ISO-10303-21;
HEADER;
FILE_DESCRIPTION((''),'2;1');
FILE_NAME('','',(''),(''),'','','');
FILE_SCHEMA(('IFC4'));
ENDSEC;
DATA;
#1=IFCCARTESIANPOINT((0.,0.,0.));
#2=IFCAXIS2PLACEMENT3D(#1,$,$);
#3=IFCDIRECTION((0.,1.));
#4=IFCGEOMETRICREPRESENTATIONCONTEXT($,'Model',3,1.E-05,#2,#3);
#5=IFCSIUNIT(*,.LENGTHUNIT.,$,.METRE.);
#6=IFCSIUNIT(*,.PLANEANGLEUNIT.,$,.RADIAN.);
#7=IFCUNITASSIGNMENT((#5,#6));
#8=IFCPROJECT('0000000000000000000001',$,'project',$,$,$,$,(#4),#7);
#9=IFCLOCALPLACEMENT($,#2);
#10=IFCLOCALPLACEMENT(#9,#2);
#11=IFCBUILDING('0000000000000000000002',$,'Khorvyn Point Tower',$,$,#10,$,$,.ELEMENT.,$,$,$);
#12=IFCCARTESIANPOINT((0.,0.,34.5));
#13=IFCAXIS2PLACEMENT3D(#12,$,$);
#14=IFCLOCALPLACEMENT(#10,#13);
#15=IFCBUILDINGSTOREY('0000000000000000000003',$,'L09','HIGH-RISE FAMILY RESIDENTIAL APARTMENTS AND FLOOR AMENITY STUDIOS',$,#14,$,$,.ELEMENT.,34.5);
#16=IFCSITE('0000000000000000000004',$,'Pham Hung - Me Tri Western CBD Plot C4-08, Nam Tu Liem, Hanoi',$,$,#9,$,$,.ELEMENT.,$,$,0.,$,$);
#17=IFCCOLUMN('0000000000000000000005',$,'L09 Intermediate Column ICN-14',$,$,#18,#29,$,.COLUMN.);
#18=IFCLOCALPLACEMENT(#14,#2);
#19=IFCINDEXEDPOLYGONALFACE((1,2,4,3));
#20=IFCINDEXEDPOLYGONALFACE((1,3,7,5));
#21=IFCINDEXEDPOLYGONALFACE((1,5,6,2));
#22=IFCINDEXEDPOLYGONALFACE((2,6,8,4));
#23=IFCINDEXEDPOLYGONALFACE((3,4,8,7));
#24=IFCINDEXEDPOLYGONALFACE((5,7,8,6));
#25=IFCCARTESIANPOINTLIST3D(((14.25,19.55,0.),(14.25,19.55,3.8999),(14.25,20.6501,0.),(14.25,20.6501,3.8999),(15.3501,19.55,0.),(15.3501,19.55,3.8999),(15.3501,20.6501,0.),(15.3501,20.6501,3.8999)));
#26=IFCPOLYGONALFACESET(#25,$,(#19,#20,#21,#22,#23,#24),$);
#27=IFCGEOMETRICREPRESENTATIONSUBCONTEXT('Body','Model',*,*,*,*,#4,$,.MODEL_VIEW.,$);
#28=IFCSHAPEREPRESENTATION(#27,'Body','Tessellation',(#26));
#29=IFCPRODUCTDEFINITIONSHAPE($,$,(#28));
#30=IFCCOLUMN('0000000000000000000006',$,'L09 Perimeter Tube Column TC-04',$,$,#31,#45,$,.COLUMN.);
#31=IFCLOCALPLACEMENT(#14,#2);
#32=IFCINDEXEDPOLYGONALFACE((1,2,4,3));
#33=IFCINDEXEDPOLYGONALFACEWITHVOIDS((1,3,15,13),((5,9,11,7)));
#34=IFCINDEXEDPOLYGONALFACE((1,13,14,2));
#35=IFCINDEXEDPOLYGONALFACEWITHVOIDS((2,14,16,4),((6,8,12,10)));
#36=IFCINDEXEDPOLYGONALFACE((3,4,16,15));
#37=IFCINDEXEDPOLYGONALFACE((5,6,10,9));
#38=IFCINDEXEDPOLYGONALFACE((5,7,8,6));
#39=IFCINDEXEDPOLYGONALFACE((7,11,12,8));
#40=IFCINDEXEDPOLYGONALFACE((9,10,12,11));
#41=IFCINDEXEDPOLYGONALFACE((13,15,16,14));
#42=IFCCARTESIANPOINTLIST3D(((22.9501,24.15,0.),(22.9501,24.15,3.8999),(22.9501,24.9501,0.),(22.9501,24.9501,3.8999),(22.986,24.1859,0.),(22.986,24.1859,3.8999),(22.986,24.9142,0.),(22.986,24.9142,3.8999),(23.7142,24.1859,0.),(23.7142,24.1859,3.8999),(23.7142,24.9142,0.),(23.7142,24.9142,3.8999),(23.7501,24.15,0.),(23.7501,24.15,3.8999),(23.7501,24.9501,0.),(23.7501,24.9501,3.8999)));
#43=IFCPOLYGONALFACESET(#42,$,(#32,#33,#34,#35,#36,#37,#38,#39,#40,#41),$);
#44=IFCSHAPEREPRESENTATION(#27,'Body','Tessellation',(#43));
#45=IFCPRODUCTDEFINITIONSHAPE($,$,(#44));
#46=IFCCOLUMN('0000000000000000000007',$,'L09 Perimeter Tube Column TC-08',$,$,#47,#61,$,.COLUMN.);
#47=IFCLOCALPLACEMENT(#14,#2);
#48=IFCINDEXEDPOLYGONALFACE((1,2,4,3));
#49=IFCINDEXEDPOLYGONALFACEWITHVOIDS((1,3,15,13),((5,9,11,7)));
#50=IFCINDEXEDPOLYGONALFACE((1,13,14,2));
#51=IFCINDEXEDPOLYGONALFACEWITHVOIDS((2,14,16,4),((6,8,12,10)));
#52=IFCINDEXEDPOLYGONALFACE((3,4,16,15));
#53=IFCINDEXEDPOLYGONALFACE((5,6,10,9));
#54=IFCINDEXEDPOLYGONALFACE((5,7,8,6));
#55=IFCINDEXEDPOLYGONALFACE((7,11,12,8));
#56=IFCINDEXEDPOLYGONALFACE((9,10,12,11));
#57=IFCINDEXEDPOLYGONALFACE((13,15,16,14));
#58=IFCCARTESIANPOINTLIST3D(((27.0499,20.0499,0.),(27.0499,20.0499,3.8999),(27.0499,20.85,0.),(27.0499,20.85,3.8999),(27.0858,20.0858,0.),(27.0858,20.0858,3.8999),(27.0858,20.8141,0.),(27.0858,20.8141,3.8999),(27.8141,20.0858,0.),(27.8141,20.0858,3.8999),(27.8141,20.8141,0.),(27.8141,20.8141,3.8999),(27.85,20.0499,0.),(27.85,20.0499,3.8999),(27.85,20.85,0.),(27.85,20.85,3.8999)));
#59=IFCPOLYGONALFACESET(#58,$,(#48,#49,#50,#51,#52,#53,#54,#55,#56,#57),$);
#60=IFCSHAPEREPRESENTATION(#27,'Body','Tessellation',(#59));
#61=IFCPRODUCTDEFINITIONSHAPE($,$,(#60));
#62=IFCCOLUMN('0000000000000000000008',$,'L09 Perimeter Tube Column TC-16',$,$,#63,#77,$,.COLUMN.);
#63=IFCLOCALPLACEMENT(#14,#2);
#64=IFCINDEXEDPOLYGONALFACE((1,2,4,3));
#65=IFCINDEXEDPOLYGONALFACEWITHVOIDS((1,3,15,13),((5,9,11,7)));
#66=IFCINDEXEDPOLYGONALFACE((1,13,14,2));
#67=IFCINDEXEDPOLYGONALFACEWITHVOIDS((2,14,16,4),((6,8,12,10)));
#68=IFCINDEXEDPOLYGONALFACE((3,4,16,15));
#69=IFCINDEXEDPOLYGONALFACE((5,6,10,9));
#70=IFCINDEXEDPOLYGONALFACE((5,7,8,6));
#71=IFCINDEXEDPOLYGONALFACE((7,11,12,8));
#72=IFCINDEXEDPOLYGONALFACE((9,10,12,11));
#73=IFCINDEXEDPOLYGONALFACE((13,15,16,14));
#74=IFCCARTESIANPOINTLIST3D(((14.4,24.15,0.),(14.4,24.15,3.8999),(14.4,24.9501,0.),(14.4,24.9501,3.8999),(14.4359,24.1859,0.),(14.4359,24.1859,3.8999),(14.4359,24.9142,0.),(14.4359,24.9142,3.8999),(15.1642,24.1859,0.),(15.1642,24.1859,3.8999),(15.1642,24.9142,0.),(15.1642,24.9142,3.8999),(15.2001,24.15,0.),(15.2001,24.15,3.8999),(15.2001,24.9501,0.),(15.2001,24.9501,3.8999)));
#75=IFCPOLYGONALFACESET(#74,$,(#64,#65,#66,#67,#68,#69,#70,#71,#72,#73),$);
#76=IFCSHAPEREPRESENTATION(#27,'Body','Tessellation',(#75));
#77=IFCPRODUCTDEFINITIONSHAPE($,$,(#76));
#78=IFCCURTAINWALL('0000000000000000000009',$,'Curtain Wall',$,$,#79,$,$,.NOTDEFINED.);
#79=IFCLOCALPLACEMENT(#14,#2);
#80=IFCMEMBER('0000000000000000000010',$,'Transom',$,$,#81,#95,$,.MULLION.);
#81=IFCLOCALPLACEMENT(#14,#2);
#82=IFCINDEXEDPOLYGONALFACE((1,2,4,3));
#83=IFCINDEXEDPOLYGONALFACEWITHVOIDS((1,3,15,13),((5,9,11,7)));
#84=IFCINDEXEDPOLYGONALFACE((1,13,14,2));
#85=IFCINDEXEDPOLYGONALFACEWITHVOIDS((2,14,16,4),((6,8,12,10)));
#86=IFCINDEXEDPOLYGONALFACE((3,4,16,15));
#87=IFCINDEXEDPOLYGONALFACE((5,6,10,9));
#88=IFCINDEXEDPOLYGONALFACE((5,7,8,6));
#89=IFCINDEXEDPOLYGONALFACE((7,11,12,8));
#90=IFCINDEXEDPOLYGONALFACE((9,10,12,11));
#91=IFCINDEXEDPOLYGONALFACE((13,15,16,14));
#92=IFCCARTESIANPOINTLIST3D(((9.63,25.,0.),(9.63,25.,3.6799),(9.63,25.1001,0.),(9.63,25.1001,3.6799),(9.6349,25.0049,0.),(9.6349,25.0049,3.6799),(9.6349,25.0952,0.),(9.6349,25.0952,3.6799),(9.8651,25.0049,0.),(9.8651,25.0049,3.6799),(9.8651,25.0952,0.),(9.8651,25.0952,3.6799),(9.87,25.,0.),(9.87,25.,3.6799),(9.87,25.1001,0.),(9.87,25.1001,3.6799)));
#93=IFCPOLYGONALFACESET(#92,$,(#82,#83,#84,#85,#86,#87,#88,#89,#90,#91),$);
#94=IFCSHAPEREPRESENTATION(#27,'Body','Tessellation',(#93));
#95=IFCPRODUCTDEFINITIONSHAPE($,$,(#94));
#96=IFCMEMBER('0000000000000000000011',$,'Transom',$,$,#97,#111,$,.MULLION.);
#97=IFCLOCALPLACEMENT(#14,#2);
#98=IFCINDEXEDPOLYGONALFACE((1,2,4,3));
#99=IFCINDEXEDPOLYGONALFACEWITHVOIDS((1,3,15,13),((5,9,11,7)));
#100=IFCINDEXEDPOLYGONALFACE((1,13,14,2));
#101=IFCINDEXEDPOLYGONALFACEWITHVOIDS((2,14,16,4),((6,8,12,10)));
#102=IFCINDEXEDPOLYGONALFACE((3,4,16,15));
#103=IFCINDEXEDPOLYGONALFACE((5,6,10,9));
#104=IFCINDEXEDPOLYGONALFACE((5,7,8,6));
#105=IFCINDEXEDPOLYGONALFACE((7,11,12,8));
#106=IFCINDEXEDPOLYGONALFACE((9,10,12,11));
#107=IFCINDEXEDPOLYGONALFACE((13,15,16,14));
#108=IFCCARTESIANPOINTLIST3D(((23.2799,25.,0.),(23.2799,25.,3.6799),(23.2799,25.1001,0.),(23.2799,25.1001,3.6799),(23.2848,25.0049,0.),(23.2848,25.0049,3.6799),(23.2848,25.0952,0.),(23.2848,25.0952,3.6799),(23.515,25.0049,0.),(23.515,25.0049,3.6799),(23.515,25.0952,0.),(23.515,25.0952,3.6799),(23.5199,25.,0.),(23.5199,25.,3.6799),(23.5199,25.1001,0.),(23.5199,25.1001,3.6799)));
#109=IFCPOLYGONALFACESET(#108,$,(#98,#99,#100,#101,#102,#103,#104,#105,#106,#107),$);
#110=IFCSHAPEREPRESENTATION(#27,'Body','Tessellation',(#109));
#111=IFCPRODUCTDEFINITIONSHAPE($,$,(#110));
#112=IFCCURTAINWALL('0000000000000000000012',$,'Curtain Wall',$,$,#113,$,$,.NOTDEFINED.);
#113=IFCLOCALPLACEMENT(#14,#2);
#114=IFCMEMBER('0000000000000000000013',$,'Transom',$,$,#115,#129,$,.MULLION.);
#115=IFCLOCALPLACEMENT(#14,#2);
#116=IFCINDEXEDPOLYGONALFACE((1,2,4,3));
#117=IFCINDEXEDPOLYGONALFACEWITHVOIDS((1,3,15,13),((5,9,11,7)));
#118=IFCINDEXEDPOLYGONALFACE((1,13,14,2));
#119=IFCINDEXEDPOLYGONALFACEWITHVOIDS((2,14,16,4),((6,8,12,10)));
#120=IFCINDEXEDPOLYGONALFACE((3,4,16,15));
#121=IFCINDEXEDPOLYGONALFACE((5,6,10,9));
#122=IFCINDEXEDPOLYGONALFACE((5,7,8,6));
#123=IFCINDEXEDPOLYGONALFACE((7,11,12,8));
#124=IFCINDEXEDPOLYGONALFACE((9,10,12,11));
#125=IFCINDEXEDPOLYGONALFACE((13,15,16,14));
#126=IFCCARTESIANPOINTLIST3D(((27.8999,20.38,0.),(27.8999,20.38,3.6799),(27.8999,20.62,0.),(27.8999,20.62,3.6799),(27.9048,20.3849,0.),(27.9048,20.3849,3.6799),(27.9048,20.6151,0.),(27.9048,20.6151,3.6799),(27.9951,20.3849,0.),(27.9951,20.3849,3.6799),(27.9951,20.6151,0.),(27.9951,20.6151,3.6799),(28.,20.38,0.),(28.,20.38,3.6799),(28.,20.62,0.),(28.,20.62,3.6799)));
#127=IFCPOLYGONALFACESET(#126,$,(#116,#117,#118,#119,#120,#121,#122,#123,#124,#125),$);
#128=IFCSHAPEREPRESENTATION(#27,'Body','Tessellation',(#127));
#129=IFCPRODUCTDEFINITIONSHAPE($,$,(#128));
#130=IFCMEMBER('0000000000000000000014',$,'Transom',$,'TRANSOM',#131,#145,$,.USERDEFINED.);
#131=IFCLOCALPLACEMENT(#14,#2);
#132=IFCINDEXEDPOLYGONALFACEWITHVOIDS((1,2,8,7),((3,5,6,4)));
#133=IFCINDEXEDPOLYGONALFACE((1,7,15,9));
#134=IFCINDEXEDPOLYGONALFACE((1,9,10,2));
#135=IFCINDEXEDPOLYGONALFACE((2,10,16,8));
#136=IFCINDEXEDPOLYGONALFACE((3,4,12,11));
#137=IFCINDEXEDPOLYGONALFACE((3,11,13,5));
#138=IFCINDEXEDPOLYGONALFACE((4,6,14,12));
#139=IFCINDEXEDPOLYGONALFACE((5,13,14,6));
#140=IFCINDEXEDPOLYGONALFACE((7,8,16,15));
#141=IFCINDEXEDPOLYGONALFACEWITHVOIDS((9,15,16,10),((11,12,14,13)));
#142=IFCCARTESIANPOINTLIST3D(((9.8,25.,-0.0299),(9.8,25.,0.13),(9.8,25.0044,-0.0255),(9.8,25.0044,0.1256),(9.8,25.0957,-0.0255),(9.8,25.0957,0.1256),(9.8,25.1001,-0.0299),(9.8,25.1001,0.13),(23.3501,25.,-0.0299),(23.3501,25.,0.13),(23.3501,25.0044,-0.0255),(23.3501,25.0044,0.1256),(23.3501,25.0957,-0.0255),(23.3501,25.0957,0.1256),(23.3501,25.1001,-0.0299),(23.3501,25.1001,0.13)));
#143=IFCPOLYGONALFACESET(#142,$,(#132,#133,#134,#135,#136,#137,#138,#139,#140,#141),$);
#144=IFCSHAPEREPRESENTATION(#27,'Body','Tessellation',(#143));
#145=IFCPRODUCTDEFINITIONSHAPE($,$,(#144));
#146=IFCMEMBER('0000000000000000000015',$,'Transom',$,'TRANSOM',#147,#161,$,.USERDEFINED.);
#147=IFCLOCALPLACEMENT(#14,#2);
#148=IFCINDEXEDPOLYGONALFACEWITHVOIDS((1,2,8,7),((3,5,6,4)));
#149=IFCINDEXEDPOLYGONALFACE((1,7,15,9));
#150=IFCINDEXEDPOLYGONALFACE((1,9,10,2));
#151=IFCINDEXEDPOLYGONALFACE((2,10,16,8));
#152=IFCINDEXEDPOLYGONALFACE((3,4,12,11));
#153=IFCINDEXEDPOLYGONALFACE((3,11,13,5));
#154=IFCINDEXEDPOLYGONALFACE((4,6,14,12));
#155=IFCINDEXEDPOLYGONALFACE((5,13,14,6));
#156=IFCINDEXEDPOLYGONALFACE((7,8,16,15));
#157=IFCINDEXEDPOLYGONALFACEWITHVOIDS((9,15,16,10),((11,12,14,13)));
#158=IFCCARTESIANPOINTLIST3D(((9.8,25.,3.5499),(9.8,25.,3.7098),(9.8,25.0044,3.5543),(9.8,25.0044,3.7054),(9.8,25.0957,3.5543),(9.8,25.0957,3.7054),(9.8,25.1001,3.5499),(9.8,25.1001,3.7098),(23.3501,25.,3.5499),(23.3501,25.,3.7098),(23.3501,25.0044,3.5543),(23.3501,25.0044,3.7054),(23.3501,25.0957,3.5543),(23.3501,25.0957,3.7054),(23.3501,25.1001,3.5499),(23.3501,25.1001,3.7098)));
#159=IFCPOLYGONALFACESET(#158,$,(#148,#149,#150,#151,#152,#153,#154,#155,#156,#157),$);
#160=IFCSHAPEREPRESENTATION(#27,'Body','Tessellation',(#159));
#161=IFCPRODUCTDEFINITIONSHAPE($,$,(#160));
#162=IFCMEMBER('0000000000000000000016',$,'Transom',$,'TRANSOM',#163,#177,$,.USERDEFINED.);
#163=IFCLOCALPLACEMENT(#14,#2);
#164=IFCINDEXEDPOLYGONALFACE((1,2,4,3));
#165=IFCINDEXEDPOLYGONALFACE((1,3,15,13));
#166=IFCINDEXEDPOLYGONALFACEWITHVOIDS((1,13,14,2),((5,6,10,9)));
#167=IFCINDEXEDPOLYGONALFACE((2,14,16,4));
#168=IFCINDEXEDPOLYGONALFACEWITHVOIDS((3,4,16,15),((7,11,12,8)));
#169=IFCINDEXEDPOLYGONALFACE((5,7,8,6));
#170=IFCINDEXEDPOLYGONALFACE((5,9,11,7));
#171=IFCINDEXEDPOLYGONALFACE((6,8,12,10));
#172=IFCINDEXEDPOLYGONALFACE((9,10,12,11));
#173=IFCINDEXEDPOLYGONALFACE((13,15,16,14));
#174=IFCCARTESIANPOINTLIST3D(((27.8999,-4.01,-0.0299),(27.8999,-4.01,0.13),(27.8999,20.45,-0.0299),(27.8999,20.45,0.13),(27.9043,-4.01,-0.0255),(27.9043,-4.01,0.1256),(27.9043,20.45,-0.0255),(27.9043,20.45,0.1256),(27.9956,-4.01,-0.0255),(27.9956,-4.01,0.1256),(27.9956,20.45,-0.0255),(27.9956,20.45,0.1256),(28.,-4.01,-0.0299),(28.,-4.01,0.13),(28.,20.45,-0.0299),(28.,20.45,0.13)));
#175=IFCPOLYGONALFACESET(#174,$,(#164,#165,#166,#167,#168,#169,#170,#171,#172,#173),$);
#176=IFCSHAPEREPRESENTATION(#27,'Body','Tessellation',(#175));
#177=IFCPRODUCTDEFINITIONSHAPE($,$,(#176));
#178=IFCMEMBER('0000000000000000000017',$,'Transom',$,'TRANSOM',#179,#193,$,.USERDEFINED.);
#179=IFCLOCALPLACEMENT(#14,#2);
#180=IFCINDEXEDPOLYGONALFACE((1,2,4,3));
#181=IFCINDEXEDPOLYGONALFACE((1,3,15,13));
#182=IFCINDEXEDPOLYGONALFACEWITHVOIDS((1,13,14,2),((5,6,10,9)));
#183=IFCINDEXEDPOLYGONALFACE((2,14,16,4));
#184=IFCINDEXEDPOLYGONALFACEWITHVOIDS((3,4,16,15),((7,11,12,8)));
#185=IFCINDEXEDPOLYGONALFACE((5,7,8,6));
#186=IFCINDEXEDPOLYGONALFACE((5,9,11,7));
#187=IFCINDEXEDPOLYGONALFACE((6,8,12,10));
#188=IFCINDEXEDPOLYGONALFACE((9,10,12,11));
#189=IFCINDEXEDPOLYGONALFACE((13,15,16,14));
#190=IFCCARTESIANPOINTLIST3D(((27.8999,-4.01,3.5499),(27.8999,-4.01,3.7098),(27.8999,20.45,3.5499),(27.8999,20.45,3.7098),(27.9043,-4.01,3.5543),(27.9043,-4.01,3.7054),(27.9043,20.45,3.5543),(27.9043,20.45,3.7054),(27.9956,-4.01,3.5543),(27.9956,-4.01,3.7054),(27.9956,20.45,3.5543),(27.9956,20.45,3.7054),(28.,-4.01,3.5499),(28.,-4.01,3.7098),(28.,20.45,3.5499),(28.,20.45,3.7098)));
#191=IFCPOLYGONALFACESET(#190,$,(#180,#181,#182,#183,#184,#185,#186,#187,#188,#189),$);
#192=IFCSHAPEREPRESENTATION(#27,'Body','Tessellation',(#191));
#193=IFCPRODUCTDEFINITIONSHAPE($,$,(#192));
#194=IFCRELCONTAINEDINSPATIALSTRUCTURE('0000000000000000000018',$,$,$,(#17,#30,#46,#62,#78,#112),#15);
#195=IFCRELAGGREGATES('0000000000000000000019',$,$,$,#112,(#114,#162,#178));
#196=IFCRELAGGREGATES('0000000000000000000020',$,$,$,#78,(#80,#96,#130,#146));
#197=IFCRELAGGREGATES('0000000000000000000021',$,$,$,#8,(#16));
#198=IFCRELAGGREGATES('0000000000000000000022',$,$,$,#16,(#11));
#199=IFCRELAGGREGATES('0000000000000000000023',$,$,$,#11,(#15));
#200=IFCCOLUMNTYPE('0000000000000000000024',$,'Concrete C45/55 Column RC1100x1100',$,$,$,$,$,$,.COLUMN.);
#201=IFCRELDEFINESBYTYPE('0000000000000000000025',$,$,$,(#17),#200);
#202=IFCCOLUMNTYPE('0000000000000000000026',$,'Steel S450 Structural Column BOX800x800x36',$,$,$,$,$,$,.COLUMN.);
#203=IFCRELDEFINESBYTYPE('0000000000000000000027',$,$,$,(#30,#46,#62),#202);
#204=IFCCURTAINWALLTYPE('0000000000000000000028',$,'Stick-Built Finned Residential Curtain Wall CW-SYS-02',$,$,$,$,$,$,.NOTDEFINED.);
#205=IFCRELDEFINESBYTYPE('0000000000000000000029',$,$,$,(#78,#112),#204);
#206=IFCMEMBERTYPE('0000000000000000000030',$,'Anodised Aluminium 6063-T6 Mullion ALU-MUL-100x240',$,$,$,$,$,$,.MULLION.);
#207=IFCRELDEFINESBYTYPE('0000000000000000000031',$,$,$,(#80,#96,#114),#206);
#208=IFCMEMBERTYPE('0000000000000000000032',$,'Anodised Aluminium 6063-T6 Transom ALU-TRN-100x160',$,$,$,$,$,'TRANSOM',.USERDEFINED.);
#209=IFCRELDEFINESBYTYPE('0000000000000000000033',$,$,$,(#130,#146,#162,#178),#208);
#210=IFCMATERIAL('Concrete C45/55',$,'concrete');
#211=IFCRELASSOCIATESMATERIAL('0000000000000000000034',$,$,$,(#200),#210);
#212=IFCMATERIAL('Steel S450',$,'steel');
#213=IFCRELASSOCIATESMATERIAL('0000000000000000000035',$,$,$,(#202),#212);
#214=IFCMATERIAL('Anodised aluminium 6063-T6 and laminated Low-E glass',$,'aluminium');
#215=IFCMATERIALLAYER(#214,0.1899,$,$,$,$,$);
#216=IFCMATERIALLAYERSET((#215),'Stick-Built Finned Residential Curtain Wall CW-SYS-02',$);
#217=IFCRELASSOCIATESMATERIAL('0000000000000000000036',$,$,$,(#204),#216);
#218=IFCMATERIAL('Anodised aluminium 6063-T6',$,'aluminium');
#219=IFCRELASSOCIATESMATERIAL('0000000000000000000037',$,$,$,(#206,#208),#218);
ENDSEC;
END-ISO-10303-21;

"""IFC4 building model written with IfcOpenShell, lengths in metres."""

from ifc_helpers import new_model, si_unit, direction, frame, origin, origin_2d, place, context, subcontext, project, spatial, rectangle, hollow_rectangle, extrude, material, layer, layer_set, material_profile, profile_set, type_object, element, aggregate, save


model = new_model("IFC4")

# Units and contexts
model_context = context("Model", 3, precision=1e-05, world=origin(), true_north=direction((0.0, 1.0)))
body_context = subcontext(model_context, "Body", "Model", "MODEL_VIEW")
ifc_project = project(units=[si_unit("LENGTHUNIT", "METRE"), si_unit("PLANEANGLEUNIT", "RADIAN")], contexts=[model_context])

# Site, building, storey
site_placement = place(None, origin())
site = spatial("IfcSite", under=ifc_project, at=site_placement, Name="Pham Hung - Me Tri Western CBD Plot C4-08, Nam Tu Liem, Hanoi", CompositionType="ELEMENT", RefElevation=0.0)
building_placement = place(site_placement, origin())
building = spatial("IfcBuilding", under=site, at=building_placement, Name="Khorvyn Point Tower", CompositionType="ELEMENT")
storey_placement = place(building_placement, frame((0.0, 0.0, 34.5)))
storey = spatial("IfcBuildingStorey", under=building, at=storey_placement, Name="L09", Description="HIGH-RISE FAMILY RESIDENTIAL APARTMENTS AND FLOOR AMENITY STUDIOS", CompositionType="ELEMENT", Elevation=34.5)

# Columns
ifc_material_1 = material(Name="Concrete C45/55", Category="concrete")
ifc_material_profile_1 = material_profile(ifc_material_1, rectangle(XDim=1.1001, YDim=1.1001, at=origin_2d()))
ifc_profile_set_1 = profile_set([ifc_material_profile_1], Name="Concrete C45/55 RC1100x1100")
column_type_1 = type_object("IfcColumnType", Name="Concrete C45/55 Column RC1100x1100", PredefinedType="COLUMN", material=ifc_profile_set_1)
column_placement = place(storey_placement, frame((14.8, 20.1001, 0.0), z_axis=(0.0, 0.0, 1.0), x_axis=(1.0, 0.0, 0.0)))
element("IfcColumn", 1, at=column_placement, inside=storey, type_object=column_type_1, Name="L09 Intermediate Column ICN-14", PredefinedType="COLUMN", context=body_context, shape_type="SweptSolid", body=[
    extrude(rectangle(XDim=1.1001, YDim=1.1001, at=origin_2d()), origin(), (0.0, 0.0, 1.0), 3.8999),
])
ifc_material_2 = material(Name="Steel S450", Category="steel")
ifc_material_profile_2 = material_profile(ifc_material_2, hollow_rectangle(XDim=0.8, YDim=0.8, WallThickness=0.0359, at=origin_2d()))
ifc_profile_set_2 = profile_set([ifc_material_profile_2], Name="Steel S450 BOX800x800x36")
column_type_2 = type_object("IfcColumnType", Name="Steel S450 Structural Column BOX800x800x36", PredefinedType="COLUMN", material=ifc_profile_set_2)
for number, where, z_axis, x_axis, name in (
    (2, (23.3501, 24.55, 0.0), (0.0, 0.0, 1.0), (1.0, 0.0, 0.0), "L09 Perimeter Tube Column TC-04"),
    (3, (27.45, 20.45, 0.0), (0.0, 0.0, 1.0), (1.0, 0.0, 0.0), "L09 Perimeter Tube Column TC-08"),
    (4, (14.8, 24.55, 0.0), (0.0, 0.0, 1.0), (1.0, 0.0, 0.0), "L09 Perimeter Tube Column TC-16"),
):
    element("IfcColumn", number, at=place(storey_placement, frame(where, z_axis=z_axis, x_axis=x_axis)), inside=storey, type_object=column_type_2, Name=name, PredefinedType="COLUMN", context=body_context, shape_type="SweptSolid", body=[
        extrude(hollow_rectangle(XDim=0.8, YDim=0.8, WallThickness=0.0359, at=origin_2d()), origin(), (0.0, 0.0, 1.0), 3.8999),
    ])

# Curtain wall, members
ifc_material_3 = material(Name="Anodised aluminium 6063-T6 and laminated Low-E glass", Category="aluminium")
ifc_layer_1 = layer(ifc_material_3, 0.1899)
ifc_layer_set_1 = layer_set([ifc_layer_1], Name="Stick-Built Finned Residential Curtain Wall CW-SYS-02")
curtain_wall_type = type_object("IfcCurtainWallType", Name="Stick-Built Finned Residential Curtain Wall CW-SYS-02", PredefinedType="NOTDEFINED", material=ifc_layer_set_1)
curtain_wall_1_placement = place(storey_placement, origin())
curtain_wall_1 = element("IfcCurtainWall", 5, at=curtain_wall_1_placement, inside=storey, type_object=curtain_wall_type, Name="Curtain Wall", PredefinedType="NOTDEFINED")
ifc_material_4 = material(Name="Anodised aluminium 6063-T6", Category="aluminium")
ifc_material_profile_3 = material_profile(ifc_material_4, hollow_rectangle(XDim=0.1001, YDim=0.24, WallThickness=0.0049, at=origin_2d()))
ifc_profile_set_3 = profile_set([ifc_material_profile_3], Name="Anodised aluminium 6063-T6 ALU-MUL-100x240")
member_type_1 = type_object("IfcMemberType", Name="Anodised Aluminium 6063-T6 Mullion ALU-MUL-100x240", PredefinedType="MULLION", material=ifc_profile_set_3)
member_1_placement = place(storey_placement, frame((9.75, 25.05, 0.0), z_axis=(0.0, 0.0, 1.0), x_axis=(0.0, 1.0, 0.0)))
member_1 = element("IfcMember", 6, at=member_1_placement, type_object=member_type_1, Name="Transom", PredefinedType="MULLION", context=body_context, shape_type="SweptSolid", body=[
    extrude(hollow_rectangle(XDim=0.1001, YDim=0.24, WallThickness=0.0049, at=origin_2d()), origin(), (0.0, 0.0, 1.0), 3.6799),
])
member_2_placement = place(storey_placement, frame((23.3999, 25.05, 0.0), z_axis=(0.0, 0.0, 1.0), x_axis=(0.0, 1.0, 0.0)))
member_2 = element("IfcMember", 7, at=member_2_placement, type_object=member_type_1, Name="Transom", PredefinedType="MULLION", context=body_context, shape_type="SweptSolid", body=[
    extrude(hollow_rectangle(XDim=0.1001, YDim=0.24, WallThickness=0.0049, at=origin_2d()), origin(), (0.0, 0.0, 1.0), 3.6799),
])

# Curtain wall, member
curtain_wall_2_placement = place(storey_placement, origin())
curtain_wall_2 = element("IfcCurtainWall", 8, at=curtain_wall_2_placement, inside=storey, type_object=curtain_wall_type, Name="Curtain Wall", PredefinedType="NOTDEFINED")
member_3_placement = place(storey_placement, frame((27.95, 20.5, 0.0), z_axis=(0.0, 0.0, 1.0), x_axis=(1.0, 0.0, 0.0)))
member_3 = element("IfcMember", 9, at=member_3_placement, type_object=member_type_1, Name="Transom", PredefinedType="MULLION", context=body_context, shape_type="SweptSolid", body=[
    extrude(hollow_rectangle(XDim=0.1001, YDim=0.24, WallThickness=0.0049, at=origin_2d()), origin(), (0.0, 0.0, 1.0), 3.6799),
])

# Members
ifc_material_profile_4 = material_profile(ifc_material_4, hollow_rectangle(XDim=0.1001, YDim=0.1599, WallThickness=0.0044, at=origin_2d()))
ifc_profile_set_4 = profile_set([ifc_material_profile_4], Name="Anodised aluminium 6063-T6 ALU-TRN-100x160")
member_type_2 = type_object("IfcMemberType", Name="Anodised Aluminium 6063-T6 Transom ALU-TRN-100x160", ElementType="TRANSOM", PredefinedType="USERDEFINED", material=ifc_profile_set_4)
member_4_placement = place(storey_placement, frame((9.8, 25.05, 0.05), z_axis=(1.0, 0.0, 0.0), x_axis=(0.0, 1.0, 0.0)))
member_4 = element("IfcMember", 10, at=member_4_placement, type_object=member_type_2, Name="Transom", ObjectType="TRANSOM", PredefinedType="USERDEFINED", context=body_context, shape_type="SweptSolid", body=[
    extrude(hollow_rectangle(XDim=0.1001, YDim=0.1599, WallThickness=0.0044, at=origin_2d()), origin(), (0.0, 0.0, 1.0), 13.55),
])
member_5_placement = place(storey_placement, frame((9.8, 25.05, 3.6299), z_axis=(1.0, 0.0, 0.0), x_axis=(0.0, 1.0, 0.0)))
member_5 = element("IfcMember", 11, at=member_5_placement, type_object=member_type_2, Name="Transom", ObjectType="TRANSOM", PredefinedType="USERDEFINED", context=body_context, shape_type="SweptSolid", body=[
    extrude(hollow_rectangle(XDim=0.1001, YDim=0.1599, WallThickness=0.0044, at=origin_2d()), origin(), (0.0, 0.0, 1.0), 13.55),
])
member_6_placement = place(storey_placement, frame((27.95, 20.45, 0.05), z_axis=(0.0, -1.0, 0.0), x_axis=(1.0, 0.0, 0.0)))
member_6 = element("IfcMember", 12, at=member_6_placement, type_object=member_type_2, Name="Transom", ObjectType="TRANSOM", PredefinedType="USERDEFINED", context=body_context, shape_type="SweptSolid", body=[
    extrude(hollow_rectangle(XDim=0.1001, YDim=0.1599, WallThickness=0.0044, at=origin_2d()), origin(), (0.0, 0.0, 1.0), 24.46),
])
member_7_placement = place(storey_placement, frame((27.95, 20.45, 3.6299), z_axis=(0.0, -1.0, 0.0), x_axis=(1.0, 0.0, 0.0)))
member_7 = element("IfcMember", 13, at=member_7_placement, type_object=member_type_2, Name="Transom", ObjectType="TRANSOM", PredefinedType="USERDEFINED", context=body_context, shape_type="SweptSolid", body=[
    extrude(hollow_rectangle(XDim=0.1001, YDim=0.1599, WallThickness=0.0044, at=origin_2d()), origin(), (0.0, 0.0, 1.0), 24.46),
])
aggregate(curtain_wall_2, [member_3, member_6, member_7])

aggregate(curtain_wall_1, [member_1, member_2, member_4, member_5])

save(model, "model.ifc")
